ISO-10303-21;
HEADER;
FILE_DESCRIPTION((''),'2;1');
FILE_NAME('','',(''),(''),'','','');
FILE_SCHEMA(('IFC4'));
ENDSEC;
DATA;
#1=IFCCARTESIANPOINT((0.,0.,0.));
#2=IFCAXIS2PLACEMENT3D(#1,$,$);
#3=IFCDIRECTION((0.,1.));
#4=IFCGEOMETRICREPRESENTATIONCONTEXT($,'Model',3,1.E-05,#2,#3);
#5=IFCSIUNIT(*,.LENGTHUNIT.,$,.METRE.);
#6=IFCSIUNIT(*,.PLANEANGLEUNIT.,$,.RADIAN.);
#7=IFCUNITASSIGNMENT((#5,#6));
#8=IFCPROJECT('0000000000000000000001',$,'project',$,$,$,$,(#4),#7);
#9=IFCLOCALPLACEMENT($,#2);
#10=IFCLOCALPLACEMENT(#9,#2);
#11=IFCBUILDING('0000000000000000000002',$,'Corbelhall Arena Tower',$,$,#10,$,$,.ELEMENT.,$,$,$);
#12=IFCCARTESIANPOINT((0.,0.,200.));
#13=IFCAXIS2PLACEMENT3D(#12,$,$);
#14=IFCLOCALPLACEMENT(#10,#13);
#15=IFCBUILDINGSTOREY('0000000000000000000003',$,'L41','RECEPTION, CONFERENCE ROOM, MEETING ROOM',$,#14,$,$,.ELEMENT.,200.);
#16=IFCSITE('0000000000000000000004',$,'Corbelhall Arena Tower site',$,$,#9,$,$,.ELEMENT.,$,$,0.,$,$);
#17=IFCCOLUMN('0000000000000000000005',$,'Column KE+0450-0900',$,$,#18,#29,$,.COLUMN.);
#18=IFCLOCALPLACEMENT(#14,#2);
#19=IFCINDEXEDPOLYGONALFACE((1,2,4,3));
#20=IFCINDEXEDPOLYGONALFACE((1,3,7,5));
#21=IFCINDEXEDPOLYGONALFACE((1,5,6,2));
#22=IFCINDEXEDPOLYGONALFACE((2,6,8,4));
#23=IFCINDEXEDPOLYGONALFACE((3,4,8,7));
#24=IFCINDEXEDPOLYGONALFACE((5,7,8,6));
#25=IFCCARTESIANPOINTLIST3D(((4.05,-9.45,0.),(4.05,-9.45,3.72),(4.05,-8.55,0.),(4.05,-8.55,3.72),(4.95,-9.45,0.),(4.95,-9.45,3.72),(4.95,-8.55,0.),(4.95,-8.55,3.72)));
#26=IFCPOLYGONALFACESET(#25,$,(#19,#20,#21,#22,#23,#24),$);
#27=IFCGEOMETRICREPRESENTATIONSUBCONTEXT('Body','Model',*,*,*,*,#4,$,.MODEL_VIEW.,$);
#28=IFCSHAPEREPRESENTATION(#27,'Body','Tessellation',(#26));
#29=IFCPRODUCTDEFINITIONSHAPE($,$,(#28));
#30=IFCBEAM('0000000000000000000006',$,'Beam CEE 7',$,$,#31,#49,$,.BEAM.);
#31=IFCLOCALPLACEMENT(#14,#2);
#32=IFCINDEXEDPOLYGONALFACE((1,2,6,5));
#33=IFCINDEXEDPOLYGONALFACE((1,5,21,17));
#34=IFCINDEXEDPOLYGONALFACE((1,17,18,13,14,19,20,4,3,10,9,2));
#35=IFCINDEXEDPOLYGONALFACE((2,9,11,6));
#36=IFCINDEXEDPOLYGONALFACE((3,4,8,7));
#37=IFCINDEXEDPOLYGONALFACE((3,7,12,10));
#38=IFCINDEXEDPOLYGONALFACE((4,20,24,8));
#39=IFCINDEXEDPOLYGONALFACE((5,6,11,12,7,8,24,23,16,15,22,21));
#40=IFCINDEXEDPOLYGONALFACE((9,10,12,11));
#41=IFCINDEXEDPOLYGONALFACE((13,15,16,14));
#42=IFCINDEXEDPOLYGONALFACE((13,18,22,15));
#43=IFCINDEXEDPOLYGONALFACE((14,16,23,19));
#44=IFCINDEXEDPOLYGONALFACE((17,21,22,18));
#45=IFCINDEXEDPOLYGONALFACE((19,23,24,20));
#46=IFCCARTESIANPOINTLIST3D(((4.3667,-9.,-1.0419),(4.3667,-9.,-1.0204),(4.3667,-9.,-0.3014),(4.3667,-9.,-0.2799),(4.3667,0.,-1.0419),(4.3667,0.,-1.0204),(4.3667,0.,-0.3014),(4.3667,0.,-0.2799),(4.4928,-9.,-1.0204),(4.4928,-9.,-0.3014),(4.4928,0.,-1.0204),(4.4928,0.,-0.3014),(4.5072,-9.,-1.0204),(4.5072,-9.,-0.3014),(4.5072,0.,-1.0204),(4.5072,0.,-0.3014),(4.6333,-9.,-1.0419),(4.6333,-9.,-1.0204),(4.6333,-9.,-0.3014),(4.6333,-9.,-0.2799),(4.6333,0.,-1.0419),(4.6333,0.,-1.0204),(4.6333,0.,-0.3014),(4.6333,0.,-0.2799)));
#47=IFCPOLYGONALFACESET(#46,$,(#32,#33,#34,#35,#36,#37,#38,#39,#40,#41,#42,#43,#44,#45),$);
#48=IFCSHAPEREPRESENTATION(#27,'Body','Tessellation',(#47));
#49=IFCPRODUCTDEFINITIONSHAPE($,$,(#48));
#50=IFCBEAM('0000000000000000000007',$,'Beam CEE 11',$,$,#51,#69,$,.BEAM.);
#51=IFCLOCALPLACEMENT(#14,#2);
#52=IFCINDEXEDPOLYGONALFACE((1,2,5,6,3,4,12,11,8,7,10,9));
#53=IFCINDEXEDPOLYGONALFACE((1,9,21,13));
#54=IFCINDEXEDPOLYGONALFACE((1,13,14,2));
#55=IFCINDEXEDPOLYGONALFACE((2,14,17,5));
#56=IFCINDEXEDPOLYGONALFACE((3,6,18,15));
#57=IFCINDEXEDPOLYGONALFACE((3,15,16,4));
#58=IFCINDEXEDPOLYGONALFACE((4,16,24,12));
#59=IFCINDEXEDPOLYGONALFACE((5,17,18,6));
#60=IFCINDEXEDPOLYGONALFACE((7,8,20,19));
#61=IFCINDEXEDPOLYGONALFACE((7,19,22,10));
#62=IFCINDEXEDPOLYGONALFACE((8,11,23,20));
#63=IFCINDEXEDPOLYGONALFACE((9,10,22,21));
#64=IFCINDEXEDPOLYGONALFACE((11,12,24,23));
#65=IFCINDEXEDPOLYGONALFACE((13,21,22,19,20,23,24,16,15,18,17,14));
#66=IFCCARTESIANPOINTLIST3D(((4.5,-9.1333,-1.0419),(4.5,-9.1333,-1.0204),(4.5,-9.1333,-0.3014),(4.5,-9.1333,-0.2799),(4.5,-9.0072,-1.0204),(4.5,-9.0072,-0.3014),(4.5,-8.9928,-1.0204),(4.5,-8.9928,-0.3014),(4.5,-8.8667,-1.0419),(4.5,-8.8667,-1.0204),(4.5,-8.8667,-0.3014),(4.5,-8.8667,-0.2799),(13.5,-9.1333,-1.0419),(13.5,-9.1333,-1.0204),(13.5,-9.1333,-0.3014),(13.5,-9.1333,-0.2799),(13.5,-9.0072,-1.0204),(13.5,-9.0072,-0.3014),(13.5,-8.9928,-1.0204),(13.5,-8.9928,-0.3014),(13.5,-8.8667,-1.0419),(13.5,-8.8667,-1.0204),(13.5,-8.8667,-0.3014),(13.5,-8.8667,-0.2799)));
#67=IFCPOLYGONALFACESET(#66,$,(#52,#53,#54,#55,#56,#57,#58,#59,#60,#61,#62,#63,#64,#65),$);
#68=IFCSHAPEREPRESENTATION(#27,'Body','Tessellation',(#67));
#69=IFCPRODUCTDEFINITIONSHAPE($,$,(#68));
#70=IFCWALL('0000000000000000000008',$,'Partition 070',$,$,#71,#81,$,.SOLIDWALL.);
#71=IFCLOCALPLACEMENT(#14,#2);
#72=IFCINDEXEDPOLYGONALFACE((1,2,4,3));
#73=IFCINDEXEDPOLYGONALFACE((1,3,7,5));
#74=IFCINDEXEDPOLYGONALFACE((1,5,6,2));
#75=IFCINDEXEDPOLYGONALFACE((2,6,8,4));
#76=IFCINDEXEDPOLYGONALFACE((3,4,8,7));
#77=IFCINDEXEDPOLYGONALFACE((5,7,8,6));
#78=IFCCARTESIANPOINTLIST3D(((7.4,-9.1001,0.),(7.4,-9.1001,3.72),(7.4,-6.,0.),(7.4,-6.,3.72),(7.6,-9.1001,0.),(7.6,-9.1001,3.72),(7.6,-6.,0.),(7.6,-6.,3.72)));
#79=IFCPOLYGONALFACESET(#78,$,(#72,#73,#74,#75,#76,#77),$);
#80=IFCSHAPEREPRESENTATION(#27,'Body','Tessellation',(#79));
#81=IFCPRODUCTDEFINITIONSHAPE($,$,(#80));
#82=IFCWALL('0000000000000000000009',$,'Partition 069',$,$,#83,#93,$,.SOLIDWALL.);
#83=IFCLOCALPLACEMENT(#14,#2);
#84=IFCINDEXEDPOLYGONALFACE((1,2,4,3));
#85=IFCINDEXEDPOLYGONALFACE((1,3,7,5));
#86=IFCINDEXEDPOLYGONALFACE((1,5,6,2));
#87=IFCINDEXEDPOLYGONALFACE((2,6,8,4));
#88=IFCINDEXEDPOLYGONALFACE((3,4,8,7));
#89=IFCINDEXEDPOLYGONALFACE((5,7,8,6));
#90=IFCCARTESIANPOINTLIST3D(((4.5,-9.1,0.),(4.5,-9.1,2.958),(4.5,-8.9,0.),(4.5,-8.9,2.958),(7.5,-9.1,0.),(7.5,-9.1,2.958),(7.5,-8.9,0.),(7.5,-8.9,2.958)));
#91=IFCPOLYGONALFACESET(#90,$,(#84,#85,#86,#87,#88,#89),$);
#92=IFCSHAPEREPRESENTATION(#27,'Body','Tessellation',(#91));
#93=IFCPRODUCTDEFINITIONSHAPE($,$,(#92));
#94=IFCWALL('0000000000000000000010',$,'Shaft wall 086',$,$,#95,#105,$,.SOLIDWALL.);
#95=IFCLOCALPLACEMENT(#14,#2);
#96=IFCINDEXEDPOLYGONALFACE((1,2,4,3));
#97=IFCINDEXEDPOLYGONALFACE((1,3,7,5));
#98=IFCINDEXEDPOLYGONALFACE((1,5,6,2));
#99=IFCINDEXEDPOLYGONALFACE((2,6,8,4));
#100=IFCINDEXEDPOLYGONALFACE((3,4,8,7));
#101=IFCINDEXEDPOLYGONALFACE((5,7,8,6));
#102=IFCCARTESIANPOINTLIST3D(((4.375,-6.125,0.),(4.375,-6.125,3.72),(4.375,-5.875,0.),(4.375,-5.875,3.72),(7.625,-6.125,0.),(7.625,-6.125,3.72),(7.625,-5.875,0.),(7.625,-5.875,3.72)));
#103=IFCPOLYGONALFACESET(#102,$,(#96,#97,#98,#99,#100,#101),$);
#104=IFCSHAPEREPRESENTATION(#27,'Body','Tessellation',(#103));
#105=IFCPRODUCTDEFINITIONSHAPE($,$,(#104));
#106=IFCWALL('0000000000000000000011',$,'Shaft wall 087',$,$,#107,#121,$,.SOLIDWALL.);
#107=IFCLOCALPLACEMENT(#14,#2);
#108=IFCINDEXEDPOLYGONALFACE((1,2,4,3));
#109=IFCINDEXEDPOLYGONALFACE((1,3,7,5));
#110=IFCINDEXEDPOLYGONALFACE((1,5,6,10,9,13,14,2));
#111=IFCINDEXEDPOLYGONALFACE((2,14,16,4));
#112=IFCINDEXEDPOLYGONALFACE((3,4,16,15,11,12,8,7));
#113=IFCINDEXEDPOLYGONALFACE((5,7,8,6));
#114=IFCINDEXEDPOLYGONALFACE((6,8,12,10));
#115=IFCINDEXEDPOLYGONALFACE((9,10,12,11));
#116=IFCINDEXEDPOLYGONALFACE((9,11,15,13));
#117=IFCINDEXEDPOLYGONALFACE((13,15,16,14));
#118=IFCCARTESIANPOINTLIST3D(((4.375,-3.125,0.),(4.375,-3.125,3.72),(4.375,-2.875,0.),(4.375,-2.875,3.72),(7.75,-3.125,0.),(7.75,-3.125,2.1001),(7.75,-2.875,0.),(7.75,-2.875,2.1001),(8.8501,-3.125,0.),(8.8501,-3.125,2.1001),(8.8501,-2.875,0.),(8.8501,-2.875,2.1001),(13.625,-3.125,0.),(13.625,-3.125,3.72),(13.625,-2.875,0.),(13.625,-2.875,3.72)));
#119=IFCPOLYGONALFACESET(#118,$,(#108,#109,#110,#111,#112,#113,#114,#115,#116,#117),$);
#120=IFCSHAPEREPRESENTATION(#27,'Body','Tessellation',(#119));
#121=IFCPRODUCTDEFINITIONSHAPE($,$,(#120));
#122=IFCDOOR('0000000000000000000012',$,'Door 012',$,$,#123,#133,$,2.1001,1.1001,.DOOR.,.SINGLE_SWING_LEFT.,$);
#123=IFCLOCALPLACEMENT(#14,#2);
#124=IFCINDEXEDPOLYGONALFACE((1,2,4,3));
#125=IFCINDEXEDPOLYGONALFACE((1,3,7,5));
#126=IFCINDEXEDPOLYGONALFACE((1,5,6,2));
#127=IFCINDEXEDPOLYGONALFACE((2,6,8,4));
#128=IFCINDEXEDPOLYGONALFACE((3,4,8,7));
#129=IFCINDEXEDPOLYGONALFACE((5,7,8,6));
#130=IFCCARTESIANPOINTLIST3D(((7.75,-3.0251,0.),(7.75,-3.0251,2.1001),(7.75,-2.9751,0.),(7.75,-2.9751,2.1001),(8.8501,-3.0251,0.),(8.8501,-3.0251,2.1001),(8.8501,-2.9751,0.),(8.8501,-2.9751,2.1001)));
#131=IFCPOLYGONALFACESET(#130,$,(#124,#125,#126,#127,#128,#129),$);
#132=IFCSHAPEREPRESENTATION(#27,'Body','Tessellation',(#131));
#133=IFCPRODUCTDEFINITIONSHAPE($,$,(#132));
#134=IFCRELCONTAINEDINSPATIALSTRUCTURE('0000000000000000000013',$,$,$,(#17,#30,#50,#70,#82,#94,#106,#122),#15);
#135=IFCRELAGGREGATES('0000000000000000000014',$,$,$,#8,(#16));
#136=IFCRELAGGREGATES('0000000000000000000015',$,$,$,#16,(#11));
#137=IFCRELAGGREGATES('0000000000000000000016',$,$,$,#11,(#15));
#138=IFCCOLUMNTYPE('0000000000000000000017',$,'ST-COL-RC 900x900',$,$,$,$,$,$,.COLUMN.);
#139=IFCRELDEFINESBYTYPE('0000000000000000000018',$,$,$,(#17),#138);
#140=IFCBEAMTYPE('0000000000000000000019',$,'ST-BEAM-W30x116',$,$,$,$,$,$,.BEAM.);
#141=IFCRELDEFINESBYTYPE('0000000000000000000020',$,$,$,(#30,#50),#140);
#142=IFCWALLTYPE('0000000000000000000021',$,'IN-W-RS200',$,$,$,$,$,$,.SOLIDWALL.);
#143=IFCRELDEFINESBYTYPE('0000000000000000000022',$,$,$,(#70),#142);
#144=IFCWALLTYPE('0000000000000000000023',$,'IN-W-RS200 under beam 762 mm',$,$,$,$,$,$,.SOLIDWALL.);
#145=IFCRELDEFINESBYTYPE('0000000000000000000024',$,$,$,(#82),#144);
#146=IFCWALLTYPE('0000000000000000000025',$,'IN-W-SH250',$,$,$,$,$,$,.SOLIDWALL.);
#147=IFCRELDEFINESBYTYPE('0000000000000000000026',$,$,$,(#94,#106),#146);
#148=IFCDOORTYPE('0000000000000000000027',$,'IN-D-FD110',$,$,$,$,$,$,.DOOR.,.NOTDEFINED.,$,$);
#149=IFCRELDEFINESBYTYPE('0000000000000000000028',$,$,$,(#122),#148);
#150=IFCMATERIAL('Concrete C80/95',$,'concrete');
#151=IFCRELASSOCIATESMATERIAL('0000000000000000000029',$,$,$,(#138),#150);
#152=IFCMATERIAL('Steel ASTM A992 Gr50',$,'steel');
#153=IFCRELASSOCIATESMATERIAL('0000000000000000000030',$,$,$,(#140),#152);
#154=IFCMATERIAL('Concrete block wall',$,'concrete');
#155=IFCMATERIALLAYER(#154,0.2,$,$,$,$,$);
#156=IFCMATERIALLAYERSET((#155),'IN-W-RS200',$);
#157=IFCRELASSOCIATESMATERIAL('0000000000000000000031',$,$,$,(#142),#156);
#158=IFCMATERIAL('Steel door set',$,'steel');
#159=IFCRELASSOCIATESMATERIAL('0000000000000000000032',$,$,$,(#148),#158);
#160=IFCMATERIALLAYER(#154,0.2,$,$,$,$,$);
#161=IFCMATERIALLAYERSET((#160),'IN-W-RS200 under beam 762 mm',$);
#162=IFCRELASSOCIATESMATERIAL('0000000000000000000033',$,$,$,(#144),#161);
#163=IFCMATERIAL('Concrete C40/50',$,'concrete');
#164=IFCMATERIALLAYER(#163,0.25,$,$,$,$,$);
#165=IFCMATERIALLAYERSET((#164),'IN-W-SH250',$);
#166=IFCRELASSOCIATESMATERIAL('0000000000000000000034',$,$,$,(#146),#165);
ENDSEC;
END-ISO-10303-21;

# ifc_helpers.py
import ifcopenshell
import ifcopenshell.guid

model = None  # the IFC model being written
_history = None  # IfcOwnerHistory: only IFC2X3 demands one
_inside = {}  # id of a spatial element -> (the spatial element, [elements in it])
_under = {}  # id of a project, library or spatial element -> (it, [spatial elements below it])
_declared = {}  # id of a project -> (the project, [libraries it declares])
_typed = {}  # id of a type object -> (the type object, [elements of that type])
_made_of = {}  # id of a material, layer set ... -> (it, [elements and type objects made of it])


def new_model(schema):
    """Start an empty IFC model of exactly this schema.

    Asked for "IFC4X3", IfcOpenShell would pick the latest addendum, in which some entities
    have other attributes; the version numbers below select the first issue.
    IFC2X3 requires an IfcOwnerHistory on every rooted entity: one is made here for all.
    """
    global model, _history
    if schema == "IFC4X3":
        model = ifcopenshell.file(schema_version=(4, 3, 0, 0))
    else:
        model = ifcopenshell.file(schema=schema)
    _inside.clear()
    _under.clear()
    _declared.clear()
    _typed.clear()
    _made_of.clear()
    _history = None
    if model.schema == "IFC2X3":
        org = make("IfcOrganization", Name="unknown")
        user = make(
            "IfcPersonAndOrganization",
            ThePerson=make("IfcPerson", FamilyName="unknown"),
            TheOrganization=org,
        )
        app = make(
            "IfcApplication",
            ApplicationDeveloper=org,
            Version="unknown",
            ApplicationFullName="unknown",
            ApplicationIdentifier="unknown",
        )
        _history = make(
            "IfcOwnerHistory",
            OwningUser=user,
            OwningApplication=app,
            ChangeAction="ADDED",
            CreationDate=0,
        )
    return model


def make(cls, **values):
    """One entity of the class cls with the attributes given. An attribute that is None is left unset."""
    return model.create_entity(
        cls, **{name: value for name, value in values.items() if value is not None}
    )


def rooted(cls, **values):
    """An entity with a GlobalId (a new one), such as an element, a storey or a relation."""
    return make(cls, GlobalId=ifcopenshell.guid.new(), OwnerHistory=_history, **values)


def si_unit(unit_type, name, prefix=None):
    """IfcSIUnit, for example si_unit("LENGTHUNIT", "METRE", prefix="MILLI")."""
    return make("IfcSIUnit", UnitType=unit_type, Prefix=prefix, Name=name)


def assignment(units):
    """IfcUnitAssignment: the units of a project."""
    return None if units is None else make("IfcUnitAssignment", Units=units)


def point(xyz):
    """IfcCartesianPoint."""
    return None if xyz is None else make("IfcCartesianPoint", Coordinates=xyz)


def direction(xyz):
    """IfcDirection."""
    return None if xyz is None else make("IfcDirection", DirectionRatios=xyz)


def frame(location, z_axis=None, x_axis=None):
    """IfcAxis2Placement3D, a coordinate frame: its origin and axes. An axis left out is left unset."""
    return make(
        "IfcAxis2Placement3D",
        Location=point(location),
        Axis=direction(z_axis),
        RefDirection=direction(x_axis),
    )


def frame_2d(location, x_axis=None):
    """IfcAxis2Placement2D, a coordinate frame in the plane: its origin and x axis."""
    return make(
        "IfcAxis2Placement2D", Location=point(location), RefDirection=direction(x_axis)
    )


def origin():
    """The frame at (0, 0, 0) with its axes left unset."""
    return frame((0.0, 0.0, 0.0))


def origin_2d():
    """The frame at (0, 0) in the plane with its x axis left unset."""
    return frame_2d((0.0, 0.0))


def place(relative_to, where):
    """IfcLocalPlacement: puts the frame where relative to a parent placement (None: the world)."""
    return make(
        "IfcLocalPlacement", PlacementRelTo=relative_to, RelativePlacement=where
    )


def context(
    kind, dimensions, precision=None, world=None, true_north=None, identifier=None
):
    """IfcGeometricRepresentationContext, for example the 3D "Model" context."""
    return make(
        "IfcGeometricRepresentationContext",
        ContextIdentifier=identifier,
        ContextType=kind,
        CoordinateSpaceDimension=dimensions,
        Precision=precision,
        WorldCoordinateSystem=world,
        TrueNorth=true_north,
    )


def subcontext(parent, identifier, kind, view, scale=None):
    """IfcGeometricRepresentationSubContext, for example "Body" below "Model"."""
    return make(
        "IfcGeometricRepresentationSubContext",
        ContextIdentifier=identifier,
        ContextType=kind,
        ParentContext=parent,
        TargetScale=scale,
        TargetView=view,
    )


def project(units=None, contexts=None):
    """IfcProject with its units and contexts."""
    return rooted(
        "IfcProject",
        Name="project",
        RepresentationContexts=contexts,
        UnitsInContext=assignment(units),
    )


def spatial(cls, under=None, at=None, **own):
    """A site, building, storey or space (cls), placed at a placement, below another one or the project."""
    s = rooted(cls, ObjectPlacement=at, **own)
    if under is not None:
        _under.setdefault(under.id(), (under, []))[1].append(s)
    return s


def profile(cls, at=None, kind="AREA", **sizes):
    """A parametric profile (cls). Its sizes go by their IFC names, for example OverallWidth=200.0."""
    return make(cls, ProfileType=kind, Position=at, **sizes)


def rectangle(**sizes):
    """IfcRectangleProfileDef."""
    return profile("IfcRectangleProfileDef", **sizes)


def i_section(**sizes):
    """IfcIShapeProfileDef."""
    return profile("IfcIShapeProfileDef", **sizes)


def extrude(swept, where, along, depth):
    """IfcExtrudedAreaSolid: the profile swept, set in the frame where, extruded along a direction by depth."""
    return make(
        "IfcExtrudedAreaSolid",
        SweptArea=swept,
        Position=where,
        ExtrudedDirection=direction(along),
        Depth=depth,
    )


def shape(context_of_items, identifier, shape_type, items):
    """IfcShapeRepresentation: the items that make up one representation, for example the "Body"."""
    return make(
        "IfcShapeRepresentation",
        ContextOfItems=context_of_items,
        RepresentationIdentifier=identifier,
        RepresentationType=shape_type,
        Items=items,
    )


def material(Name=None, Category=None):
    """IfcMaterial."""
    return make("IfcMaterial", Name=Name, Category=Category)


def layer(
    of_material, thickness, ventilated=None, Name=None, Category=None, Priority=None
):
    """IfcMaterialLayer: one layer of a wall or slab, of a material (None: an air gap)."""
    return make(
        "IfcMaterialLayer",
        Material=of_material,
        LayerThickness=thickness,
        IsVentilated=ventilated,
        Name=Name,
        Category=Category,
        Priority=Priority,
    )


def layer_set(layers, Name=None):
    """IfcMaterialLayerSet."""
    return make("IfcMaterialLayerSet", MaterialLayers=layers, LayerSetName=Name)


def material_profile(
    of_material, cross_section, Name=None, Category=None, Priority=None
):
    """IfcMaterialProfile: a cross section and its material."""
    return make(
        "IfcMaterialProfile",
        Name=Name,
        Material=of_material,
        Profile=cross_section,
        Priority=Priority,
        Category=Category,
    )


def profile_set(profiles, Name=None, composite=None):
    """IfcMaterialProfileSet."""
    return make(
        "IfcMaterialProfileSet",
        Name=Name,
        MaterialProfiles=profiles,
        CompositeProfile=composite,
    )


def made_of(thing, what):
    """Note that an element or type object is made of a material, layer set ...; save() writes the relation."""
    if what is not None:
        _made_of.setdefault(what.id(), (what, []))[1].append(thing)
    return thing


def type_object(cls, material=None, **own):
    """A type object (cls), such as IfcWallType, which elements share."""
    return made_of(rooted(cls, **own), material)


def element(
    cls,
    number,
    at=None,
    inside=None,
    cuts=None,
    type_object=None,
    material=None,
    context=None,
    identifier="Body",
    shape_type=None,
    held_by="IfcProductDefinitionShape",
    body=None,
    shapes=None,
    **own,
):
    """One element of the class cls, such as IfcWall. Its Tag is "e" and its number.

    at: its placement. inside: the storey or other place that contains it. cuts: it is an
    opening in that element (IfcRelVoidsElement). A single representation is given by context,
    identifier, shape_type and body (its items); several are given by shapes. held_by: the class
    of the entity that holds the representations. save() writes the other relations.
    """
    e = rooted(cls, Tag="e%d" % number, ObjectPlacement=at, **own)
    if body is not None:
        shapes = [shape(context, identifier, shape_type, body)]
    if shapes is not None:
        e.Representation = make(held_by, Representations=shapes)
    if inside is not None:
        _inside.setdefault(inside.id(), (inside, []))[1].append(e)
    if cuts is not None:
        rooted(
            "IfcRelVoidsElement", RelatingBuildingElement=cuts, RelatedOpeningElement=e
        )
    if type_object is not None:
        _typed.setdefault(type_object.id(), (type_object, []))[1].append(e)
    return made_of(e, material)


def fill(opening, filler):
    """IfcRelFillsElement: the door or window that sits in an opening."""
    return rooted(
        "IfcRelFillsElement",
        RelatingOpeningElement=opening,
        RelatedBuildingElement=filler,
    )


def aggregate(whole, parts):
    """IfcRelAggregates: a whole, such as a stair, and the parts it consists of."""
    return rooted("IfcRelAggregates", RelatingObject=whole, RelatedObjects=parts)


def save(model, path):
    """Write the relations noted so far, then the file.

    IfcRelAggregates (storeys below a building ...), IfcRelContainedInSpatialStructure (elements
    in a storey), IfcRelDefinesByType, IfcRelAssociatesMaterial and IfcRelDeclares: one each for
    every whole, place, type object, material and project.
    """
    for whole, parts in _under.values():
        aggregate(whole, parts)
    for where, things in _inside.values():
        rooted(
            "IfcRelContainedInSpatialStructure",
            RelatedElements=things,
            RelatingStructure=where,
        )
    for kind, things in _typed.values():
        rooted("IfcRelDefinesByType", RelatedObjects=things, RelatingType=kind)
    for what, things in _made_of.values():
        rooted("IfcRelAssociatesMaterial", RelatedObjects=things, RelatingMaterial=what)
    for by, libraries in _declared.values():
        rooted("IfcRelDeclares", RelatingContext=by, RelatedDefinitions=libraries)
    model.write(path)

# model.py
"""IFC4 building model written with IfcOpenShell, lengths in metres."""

from ifc_helpers import new_model, si_unit, direction, frame, frame_2d, origin, origin_2d, place, context, subcontext, project, spatial, rectangle, i_section, extrude, material, layer, layer_set, material_profile, profile_set, type_object, element, fill, save


model = new_model("IFC4")

# Units and contexts
model_context = context("Model", 3, precision=1e-05, world=origin(), true_north=direction((0.0, 1.0)))
body_context = subcontext(model_context, "Body", "Model", "MODEL_VIEW")
ifc_project = project(units=[si_unit("LENGTHUNIT", "METRE"), si_unit("PLANEANGLEUNIT", "RADIAN")], contexts=[model_context])

# Site, building, storey
site_placement = place(None, origin())
site = spatial("IfcSite", under=ifc_project, at=site_placement, Name="Corbelhall Arena Tower site", CompositionType="ELEMENT", RefElevation=0.0)
building_placement = place(site_placement, origin())
building = spatial("IfcBuilding", under=site, at=building_placement, Name="Corbelhall Arena Tower", CompositionType="ELEMENT")
storey_placement = place(building_placement, frame((0.0, 0.0, 200.0)))
storey = spatial("IfcBuildingStorey", under=building, at=storey_placement, Name="L41", Description="RECEPTION, CONFERENCE ROOM, MEETING ROOM", CompositionType="ELEMENT", Elevation=200.0)

# Column
ifc_material_1 = material(Name="Concrete C80/95", Category="concrete")
ifc_material_profile_1 = material_profile(ifc_material_1, rectangle(XDim=0.8999, YDim=0.8999, at=origin_2d()))
ifc_profile_set_1 = profile_set([ifc_material_profile_1], Name="Concrete C80/95")
column_type = type_object("IfcColumnType", Name="ST-COL-RC 900x900", PredefinedType="COLUMN", material=ifc_profile_set_1)
column_placement = place(storey_placement, frame((4.5, -9.0, 0.0), z_axis=(0.0, 0.0, 1.0), x_axis=(1.0, 0.0, 0.0)))
element("IfcColumn", 1, at=column_placement, inside=storey, type_object=column_type, Name="Column KE+0450-0900", PredefinedType="COLUMN", context=body_context, shape_type="SweptSolid", body=[
    extrude(rectangle(XDim=0.8999, YDim=0.8999, at=origin_2d()), origin(), (0.0, 0.0, 1.0), 3.72),
])

# Beams
ifc_material_2 = material(Name="Steel ASTM A992 Gr50", Category="steel")
ifc_material_profile_2 = material_profile(ifc_material_2, i_section(OverallWidth=0.2666, OverallDepth=0.762, WebThickness=0.0144, FlangeThickness=0.0215, at=origin_2d()))
ifc_profile_set_2 = profile_set([ifc_material_profile_2], Name="Steel ASTM A992 Gr50")
beam_type = type_object("IfcBeamType", Name="ST-BEAM-W30x116", PredefinedType="BEAM", material=ifc_profile_set_2)
for number, where, z_axis, x_axis, name in (
    (2, (4.5, -9.0, -0.6609), (0.0, 1.0, 0.0), (-1.0, 0.0, 0.0), "Beam CEE 7"),
    (3, (4.5, -9.0, -0.6609), (1.0, 0.0, 0.0), (0.0, 1.0, 0.0), "Beam CEE 11"),
):
    element("IfcBeam", number, at=place(storey_placement, frame(where, z_axis=z_axis, x_axis=x_axis)), inside=storey, type_object=beam_type, Name=name, PredefinedType="BEAM", context=body_context, shape_type="SweptSolid", body=[
        extrude(i_section(OverallWidth=0.2666, OverallDepth=0.762, WebThickness=0.0144, FlangeThickness=0.0215, at=origin_2d()), origin(), (0.0, 0.0, 1.0), 9.0),
    ])

# Wall
ifc_material_3 = material(Name="Concrete block wall", Category="concrete")
ifc_layer_1 = layer(ifc_material_3, 0.2)
ifc_layer_set_1 = layer_set([ifc_layer_1], Name="IN-W-RS200")
wall_type_1 = type_object("IfcWallType", Name="IN-W-RS200", PredefinedType="SOLIDWALL", material=ifc_layer_set_1)
wall_1_placement = place(storey_placement, frame((7.5, -6.0, 0.0), z_axis=(0.0, 0.0, 1.0), x_axis=(0.0, -1.0, 0.0)))
element("IfcWall", 4, at=wall_1_placement, inside=storey, type_object=wall_type_1, Name="Partition 070", PredefinedType="SOLIDWALL", context=body_context, shape_type="SweptSolid", body=[
    extrude(rectangle(XDim=3.1001, YDim=0.2, at=frame_2d((1.55, 0.0))), origin(), (0.0, 0.0, 1.0), 3.72),
])

# Shared definitions
ifc_material_4 = material(Name="Steel door set", Category="steel")
door_type_1 = type_object("IfcDoorType", Name="IN-D-FD110", OperationType="NOTDEFINED", PredefinedType="DOOR", material=ifc_material_4)
ifc_layer_2 = layer(ifc_material_3, 0.2)
ifc_layer_set_2 = layer_set([ifc_layer_2], Name="IN-W-RS200 under beam 762 mm")
wall_type_2 = type_object("IfcWallType", Name="IN-W-RS200 under beam 762 mm", PredefinedType="SOLIDWALL", material=ifc_layer_set_2)

# Walls
wall_2_placement = place(storey_placement, frame((7.5, -9.0, 0.0), z_axis=(0.0, 0.0, 1.0), x_axis=(-1.0, 0.0, 0.0)))
element("IfcWall", 5, at=wall_2_placement, inside=storey, type_object=wall_type_2, Name="Partition 069", PredefinedType="SOLIDWALL", context=body_context, shape_type="SweptSolid", body=[
    extrude(rectangle(XDim=3.0, YDim=0.2, at=frame_2d((1.5, 0.0))), origin(), (0.0, 0.0, 1.0), 2.958),
])
ifc_material_5 = material(Name="Concrete C40/50", Category="concrete")
ifc_layer_3 = layer(ifc_material_5, 0.25)
ifc_layer_set_3 = layer_set([ifc_layer_3], Name="IN-W-SH250")
wall_type_3 = type_object("IfcWallType", Name="IN-W-SH250", PredefinedType="SOLIDWALL", material=ifc_layer_set_3)
wall_3_placement = place(storey_placement, frame((4.375, -6.0, 0.0), z_axis=(0.0, 0.0, 1.0), x_axis=(1.0, 0.0, 0.0)))
element("IfcWall", 6, at=wall_3_placement, inside=storey, type_object=wall_type_3, Name="Shaft wall 086", PredefinedType="SOLIDWALL", context=body_context, shape_type="SweptSolid", body=[
    extrude(rectangle(XDim=3.25, YDim=0.25, at=frame_2d((1.625, 0.0))), origin(), (0.0, 0.0, 1.0), 3.72),
])

# Wall, opening, door
wall_4_placement = place(storey_placement, frame((4.375, -3.0, 0.0), z_axis=(0.0, 0.0, 1.0), x_axis=(1.0, 0.0, 0.0)))
wall_4 = element("IfcWall", 7, at=wall_4_placement, inside=storey, type_object=wall_type_3, Name="Shaft wall 087", PredefinedType="SOLIDWALL", context=body_context, shape_type="SweptSolid", body=[
    extrude(rectangle(XDim=9.25, YDim=0.25, at=frame_2d((4.625, 0.0))), origin(), (0.0, 0.0, 1.0), 3.72),
])
opening_1_placement = place(wall_4_placement, frame((3.375, 0.0, 0.0)))
opening_1 = element("IfcOpeningElement", 8, at=opening_1_placement, cuts=wall_4, PredefinedType="OPENING", context=body_context, shape_type="SweptSolid", body=[
    extrude(rectangle(XDim=1.1001, YDim=2.1001, at=frame_2d((0.55, 1.05))), frame((0.0, 0.125, 0.0), z_axis=(0.0, -1.0, 0.0), x_axis=(1.0, 0.0, 0.0)), (0.0, 0.0, 1.0), 0.25),
])
door_1_placement = place(opening_1_placement, origin())
door_1 = element("IfcDoor", 9, at=door_1_placement, inside=storey, type_object=door_type_1, Name="Door 012", OperationType="SINGLE_SWING_LEFT", OverallHeight=2.1001, OverallWidth=1.1001, PredefinedType="DOOR", context=body_context, shape_type="SweptSolid", body=[
    extrude(rectangle(XDim=1.1001, YDim=2.1001, at=frame_2d((0.55, 1.05))), frame((0.0, 0.0249, 0.0), z_axis=(0.0, -1.0, 0.0), x_axis=(1.0, 0.0, 0.0)), (0.0, 0.0, 1.0), 0.05),
])
fill(opening_1, door_1)

save(model, "model.ifc")
